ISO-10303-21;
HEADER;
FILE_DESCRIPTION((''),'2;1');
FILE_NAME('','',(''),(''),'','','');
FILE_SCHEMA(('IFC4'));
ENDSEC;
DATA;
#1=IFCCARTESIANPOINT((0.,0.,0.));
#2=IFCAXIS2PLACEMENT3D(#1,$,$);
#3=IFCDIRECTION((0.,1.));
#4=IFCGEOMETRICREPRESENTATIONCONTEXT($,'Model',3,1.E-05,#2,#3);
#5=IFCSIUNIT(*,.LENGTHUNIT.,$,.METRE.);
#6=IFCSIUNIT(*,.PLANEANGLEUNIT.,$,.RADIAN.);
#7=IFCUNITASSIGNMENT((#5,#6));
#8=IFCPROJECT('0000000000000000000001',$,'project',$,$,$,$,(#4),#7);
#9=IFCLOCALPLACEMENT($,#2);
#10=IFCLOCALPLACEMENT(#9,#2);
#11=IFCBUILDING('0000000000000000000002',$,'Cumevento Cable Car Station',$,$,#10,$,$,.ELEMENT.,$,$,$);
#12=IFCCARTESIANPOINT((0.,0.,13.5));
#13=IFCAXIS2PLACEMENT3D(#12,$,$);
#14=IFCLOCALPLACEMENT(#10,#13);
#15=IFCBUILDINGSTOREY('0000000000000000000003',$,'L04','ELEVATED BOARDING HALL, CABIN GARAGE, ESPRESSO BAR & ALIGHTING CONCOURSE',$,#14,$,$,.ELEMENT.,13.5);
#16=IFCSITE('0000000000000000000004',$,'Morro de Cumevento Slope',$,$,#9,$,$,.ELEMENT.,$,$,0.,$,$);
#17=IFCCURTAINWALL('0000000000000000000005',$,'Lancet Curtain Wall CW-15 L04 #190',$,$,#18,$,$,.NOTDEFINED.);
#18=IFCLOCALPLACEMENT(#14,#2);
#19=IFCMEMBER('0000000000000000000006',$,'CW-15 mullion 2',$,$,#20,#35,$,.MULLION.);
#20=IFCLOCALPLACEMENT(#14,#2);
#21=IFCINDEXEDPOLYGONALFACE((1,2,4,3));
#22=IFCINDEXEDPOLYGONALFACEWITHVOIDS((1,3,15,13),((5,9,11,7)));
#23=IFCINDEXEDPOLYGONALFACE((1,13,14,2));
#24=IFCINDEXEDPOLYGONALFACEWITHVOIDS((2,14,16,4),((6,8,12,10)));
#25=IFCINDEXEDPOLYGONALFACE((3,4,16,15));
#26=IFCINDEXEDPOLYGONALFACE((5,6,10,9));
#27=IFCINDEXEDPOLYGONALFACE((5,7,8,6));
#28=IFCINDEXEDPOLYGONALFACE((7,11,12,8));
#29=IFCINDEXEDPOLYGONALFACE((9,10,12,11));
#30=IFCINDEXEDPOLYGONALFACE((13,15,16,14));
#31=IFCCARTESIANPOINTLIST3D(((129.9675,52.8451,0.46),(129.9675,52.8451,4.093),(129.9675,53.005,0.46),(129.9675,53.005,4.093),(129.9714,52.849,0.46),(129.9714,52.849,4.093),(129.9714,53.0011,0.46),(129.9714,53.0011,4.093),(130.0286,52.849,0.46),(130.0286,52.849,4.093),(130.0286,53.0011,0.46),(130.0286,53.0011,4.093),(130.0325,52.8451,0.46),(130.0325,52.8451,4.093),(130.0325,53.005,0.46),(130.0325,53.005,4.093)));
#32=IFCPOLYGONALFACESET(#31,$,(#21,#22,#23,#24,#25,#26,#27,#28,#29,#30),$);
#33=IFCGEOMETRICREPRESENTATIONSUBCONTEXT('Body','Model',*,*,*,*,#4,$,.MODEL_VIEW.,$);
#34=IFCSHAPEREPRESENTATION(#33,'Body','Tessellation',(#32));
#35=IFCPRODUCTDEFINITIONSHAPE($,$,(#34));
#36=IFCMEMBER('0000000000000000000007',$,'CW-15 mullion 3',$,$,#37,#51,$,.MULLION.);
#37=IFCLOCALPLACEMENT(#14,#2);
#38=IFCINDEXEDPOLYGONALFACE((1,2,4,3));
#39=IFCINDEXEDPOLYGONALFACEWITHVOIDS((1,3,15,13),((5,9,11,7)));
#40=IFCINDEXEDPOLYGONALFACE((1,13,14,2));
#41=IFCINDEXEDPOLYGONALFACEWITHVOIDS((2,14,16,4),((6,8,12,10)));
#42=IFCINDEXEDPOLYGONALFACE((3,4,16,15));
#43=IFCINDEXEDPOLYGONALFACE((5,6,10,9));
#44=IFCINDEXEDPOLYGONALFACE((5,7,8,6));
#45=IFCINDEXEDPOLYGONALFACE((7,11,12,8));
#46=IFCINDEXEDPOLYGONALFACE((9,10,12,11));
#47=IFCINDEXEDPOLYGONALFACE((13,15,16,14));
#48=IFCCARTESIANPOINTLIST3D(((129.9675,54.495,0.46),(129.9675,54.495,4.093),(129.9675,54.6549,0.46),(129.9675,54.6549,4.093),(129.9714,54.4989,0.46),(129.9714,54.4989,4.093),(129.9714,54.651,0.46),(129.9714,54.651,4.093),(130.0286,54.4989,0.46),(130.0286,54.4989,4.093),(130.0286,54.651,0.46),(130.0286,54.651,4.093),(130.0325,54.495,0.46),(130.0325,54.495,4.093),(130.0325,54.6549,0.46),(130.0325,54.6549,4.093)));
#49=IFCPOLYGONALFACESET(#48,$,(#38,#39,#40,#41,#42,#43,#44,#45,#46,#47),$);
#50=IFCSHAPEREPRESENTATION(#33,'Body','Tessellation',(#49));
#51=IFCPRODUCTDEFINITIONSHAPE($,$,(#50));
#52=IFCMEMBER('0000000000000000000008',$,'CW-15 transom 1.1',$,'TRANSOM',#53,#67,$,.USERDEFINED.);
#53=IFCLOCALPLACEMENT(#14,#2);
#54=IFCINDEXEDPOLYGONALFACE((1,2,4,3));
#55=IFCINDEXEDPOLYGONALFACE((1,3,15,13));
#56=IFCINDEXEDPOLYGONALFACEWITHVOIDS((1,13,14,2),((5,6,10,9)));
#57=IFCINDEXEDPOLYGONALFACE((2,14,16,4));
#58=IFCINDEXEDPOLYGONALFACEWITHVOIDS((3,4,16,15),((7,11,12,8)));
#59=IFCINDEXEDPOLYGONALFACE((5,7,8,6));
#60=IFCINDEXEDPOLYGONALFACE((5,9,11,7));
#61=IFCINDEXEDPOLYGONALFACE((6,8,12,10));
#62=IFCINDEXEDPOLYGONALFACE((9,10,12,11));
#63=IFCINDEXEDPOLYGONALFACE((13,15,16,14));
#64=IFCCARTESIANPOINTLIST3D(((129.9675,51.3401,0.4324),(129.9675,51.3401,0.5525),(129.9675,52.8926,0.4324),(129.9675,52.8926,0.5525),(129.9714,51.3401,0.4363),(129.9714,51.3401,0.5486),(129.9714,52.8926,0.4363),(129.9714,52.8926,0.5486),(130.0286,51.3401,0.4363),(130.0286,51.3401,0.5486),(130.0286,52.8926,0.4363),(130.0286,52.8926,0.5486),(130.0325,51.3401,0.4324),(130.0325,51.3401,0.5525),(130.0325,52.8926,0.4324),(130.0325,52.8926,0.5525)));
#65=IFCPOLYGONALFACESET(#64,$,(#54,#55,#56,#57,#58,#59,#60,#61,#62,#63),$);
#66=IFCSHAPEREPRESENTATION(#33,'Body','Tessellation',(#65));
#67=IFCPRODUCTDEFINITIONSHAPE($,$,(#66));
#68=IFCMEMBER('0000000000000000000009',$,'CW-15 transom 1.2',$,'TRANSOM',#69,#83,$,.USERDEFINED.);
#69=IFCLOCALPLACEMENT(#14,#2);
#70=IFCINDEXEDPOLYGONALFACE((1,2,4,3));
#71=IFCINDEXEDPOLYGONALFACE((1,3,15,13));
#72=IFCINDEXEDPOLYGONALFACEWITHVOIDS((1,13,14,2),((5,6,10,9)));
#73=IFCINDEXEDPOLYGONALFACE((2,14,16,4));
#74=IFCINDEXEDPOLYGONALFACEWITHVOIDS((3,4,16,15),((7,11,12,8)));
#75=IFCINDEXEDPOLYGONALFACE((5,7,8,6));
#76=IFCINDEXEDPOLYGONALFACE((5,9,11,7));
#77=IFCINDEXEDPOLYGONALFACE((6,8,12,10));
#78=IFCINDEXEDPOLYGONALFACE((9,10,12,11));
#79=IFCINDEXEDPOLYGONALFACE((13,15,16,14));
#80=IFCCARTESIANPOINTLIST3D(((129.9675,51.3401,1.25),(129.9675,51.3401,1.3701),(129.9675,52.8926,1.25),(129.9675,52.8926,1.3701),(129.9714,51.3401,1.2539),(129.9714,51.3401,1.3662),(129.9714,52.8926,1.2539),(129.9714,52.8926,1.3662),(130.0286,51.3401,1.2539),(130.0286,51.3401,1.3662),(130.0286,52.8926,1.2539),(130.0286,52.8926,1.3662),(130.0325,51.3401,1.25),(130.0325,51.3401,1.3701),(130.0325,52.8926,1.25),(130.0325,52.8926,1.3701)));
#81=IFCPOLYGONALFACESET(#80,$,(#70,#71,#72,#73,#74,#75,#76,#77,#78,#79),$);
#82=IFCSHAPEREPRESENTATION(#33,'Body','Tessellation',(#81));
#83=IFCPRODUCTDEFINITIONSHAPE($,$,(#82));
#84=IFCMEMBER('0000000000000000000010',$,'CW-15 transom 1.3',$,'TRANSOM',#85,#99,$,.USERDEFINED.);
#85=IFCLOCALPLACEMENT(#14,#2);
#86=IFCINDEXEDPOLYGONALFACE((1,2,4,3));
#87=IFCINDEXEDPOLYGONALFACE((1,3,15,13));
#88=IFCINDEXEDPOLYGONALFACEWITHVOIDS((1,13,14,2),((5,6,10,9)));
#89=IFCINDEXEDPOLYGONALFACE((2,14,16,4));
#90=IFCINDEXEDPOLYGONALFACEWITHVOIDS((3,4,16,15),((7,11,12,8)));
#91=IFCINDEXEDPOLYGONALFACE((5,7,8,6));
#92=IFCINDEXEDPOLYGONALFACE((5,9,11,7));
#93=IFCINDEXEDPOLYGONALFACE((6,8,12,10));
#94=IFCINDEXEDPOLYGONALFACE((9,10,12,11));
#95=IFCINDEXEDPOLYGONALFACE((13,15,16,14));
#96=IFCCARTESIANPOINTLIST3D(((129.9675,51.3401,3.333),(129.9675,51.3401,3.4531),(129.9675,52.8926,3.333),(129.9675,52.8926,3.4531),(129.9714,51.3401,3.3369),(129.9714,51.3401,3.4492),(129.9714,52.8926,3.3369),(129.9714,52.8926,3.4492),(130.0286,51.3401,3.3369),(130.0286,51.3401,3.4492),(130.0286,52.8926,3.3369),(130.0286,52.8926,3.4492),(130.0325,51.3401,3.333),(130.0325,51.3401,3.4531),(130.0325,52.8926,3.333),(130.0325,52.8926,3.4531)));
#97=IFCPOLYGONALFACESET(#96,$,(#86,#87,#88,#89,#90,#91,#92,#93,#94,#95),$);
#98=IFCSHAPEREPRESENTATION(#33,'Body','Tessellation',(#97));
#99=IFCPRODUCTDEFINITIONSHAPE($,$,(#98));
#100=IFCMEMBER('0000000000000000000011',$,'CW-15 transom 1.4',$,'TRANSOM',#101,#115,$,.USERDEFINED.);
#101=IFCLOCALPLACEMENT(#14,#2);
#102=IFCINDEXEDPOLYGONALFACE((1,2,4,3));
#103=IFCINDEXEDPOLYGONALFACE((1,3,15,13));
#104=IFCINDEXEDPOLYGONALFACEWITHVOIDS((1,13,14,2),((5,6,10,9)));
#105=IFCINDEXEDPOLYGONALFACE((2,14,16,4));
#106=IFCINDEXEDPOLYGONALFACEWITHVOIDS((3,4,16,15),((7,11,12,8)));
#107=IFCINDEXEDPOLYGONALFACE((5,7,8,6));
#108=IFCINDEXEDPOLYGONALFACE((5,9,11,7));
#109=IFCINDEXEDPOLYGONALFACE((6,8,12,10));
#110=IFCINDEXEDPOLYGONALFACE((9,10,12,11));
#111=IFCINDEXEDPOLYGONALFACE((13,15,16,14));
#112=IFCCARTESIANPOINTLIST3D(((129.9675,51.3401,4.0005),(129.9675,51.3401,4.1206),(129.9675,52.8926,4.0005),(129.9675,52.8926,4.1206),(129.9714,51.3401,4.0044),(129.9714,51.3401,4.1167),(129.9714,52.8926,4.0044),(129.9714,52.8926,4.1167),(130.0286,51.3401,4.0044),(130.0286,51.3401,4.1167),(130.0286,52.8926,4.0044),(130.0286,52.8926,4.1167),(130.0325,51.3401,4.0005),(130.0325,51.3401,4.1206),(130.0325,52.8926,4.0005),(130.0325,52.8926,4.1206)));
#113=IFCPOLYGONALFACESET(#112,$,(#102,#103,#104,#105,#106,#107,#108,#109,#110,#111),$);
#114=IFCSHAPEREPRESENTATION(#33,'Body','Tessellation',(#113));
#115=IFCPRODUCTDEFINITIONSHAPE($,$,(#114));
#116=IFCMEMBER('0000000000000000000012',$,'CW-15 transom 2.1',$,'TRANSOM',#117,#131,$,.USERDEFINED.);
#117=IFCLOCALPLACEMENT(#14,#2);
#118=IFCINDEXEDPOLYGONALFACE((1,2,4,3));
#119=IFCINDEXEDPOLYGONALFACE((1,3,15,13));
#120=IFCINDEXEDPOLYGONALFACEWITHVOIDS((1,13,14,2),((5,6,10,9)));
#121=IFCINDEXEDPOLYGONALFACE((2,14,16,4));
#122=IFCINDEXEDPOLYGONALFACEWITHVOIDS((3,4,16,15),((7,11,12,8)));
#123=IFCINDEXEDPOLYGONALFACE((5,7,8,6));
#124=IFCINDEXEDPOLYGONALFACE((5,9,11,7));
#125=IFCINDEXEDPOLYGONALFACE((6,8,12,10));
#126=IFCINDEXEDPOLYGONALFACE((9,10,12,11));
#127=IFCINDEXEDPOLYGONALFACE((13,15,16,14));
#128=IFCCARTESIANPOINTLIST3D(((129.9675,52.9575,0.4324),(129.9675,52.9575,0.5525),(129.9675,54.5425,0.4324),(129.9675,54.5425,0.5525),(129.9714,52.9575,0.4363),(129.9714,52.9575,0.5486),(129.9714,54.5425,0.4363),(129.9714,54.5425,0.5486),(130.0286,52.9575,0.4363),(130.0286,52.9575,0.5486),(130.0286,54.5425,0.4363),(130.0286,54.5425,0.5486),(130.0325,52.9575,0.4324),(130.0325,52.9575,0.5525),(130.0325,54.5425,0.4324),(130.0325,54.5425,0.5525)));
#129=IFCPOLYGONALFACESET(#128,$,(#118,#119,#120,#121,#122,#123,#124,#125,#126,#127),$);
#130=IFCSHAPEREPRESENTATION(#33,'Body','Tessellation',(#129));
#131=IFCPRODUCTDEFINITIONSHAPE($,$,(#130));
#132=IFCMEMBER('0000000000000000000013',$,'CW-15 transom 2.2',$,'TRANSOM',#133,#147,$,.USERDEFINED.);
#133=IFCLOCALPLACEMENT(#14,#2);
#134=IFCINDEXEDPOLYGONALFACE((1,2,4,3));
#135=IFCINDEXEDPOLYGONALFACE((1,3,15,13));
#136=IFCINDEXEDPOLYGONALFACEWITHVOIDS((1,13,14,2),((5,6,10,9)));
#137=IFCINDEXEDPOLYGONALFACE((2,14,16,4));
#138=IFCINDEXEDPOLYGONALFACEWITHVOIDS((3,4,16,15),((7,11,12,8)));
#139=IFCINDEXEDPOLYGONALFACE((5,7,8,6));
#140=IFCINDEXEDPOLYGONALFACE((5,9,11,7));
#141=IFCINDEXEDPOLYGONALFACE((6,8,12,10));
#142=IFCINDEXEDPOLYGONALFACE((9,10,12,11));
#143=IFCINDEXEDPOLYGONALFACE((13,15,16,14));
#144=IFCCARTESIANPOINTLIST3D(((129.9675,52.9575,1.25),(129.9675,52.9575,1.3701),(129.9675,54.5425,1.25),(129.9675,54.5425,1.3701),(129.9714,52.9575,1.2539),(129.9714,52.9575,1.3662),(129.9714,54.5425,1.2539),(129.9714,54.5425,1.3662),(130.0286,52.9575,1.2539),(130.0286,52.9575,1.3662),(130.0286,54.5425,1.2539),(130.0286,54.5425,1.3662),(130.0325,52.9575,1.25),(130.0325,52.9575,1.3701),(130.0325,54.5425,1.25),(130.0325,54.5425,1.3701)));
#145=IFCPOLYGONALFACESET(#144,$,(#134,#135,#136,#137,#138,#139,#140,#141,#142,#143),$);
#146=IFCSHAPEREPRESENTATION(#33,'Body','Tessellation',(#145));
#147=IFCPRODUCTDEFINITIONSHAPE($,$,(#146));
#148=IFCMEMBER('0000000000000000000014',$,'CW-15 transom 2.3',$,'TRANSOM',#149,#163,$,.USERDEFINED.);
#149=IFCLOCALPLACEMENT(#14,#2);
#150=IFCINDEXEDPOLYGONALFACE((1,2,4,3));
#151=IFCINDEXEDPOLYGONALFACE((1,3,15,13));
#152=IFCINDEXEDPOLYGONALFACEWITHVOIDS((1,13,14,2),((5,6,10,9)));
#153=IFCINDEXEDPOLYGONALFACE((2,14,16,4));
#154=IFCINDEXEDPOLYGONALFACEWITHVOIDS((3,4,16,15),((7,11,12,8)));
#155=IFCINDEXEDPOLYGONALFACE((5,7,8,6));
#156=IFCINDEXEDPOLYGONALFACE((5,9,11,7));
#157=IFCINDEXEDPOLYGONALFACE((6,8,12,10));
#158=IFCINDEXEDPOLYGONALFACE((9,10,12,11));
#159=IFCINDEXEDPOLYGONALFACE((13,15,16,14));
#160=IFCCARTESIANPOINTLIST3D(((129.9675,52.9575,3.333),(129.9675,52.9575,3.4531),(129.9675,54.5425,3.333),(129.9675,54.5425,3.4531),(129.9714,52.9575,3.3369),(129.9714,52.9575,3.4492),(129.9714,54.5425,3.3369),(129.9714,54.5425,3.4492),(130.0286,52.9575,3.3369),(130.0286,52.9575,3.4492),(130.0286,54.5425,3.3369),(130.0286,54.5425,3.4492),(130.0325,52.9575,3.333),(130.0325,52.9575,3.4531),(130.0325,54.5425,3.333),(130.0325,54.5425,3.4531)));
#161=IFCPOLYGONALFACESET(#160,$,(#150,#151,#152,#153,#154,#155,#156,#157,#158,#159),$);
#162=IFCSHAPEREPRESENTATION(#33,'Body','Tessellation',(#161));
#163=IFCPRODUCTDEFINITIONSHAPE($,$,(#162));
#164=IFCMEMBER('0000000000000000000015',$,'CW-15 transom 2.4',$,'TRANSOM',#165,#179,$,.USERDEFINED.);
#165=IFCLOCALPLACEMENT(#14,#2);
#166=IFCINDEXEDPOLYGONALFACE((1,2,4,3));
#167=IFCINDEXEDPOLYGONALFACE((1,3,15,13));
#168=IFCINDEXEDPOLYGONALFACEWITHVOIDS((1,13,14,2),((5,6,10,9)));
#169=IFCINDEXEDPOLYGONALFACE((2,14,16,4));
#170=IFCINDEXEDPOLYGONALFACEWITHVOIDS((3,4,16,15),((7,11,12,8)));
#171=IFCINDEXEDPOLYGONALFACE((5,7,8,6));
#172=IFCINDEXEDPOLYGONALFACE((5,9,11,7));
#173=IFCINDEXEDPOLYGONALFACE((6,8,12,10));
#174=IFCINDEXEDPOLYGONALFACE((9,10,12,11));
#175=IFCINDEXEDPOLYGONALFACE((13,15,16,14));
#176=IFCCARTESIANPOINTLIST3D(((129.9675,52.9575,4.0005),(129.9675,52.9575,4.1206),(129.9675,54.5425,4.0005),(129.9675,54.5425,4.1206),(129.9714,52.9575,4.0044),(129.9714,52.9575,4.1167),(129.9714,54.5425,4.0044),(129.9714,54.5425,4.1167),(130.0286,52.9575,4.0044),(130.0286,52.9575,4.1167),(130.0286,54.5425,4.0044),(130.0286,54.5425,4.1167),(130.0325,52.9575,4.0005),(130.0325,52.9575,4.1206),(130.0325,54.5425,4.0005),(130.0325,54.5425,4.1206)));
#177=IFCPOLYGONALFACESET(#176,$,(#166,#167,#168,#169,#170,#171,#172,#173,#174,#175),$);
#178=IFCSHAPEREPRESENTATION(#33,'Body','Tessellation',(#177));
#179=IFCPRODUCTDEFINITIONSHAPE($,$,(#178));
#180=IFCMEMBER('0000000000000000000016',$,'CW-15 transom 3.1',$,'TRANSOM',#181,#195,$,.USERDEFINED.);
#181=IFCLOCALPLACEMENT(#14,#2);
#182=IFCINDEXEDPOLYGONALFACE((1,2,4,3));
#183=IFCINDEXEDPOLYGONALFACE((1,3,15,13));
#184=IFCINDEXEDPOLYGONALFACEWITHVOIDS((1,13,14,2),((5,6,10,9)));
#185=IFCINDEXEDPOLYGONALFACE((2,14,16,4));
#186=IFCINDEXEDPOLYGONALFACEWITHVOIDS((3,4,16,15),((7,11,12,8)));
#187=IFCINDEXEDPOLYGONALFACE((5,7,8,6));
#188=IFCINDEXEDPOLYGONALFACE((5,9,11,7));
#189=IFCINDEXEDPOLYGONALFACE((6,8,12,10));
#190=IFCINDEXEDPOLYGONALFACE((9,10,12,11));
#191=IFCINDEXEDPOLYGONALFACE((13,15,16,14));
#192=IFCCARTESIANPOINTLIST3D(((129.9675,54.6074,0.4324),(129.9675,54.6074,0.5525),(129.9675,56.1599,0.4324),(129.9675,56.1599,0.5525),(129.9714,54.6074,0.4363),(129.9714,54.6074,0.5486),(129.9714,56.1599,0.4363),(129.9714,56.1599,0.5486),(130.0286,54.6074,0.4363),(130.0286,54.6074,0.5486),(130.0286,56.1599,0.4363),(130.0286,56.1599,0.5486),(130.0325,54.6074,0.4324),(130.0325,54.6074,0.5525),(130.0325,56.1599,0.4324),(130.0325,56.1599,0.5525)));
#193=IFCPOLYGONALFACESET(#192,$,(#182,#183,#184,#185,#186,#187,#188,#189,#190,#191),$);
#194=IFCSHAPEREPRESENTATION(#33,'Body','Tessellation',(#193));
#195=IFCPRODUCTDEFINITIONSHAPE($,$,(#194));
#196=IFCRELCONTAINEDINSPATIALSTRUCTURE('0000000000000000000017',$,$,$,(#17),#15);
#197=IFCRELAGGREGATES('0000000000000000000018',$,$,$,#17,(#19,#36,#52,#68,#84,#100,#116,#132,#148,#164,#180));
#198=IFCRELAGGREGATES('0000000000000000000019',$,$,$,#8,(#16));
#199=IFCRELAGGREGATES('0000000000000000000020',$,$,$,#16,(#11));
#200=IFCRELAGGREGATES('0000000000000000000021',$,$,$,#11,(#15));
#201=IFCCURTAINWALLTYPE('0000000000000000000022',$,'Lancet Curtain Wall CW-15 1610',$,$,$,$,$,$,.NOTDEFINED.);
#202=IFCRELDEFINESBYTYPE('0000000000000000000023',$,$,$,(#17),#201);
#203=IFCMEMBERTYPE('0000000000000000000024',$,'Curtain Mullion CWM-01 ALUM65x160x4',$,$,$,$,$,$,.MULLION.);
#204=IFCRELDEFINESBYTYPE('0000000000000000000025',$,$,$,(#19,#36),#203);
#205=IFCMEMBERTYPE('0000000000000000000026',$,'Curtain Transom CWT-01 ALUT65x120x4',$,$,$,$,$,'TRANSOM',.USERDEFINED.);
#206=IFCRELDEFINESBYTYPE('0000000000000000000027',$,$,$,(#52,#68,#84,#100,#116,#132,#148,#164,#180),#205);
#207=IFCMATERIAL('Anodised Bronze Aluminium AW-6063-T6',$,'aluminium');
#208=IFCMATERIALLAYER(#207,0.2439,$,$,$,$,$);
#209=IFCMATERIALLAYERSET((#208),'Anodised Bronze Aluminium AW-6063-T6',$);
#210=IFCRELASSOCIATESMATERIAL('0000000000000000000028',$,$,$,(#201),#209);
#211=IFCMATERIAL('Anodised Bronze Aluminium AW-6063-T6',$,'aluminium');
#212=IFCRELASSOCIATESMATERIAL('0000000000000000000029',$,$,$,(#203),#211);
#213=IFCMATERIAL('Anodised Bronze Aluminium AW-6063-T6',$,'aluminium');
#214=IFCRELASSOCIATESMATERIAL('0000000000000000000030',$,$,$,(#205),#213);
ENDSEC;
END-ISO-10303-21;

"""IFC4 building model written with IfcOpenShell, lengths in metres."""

from ifc_helpers import new_model, si_unit, direction, frame, origin, origin_2d, place, context, subcontext, project, spatial, hollow_rectangle, extrude, material, layer, layer_set, material_profile, profile_set, type_object, element, aggregate, save


model = new_model("IFC4")

# Units and contexts
model_context = context("Model", 3, precision=1e-05, world=origin(), true_north=direction((0.0, 1.0)))
body_context = subcontext(model_context, "Body", "Model", "MODEL_VIEW")
ifc_project = project(units=[si_unit("LENGTHUNIT", "METRE"), si_unit("PLANEANGLEUNIT", "RADIAN")], contexts=[model_context])

# Site, building, storey
site_placement = place(None, origin())
site = spatial("IfcSite", under=ifc_project, at=site_placement, Name="Morro de Cumevento Slope", CompositionType="ELEMENT", RefElevation=0.0)
building_placement = place(site_placement, origin())
building = spatial("IfcBuilding", under=site, at=building_placement, Name="Cumevento Cable Car Station", CompositionType="ELEMENT")
storey_placement = place(building_placement, frame((0.0, 0.0, 13.5)))
storey = spatial("IfcBuildingStorey", under=building, at=storey_placement, Name="L04", Description="ELEVATED BOARDING HALL, CABIN GARAGE, ESPRESSO BAR & ALIGHTING CONCOURSE", CompositionType="ELEMENT", Elevation=13.5)

# Curtain wall, members
ifc_material_1 = material(Name="Anodised Bronze Aluminium AW-6063-T6", Category="aluminium")
ifc_layer_1 = layer(ifc_material_1, 0.2439)
ifc_layer_set_1 = layer_set([ifc_layer_1], Name="Anodised Bronze Aluminium AW-6063-T6")
curtain_wall_type = type_object("IfcCurtainWallType", Name="Lancet Curtain Wall CW-15 1610", PredefinedType="NOTDEFINED", material=ifc_layer_set_1)
curtain_wall_placement = place(storey_placement, origin())
curtain_wall = element("IfcCurtainWall", 1, at=curtain_wall_placement, inside=storey, type_object=curtain_wall_type, Name="Lancet Curtain Wall CW-15 L04 #190", PredefinedType="NOTDEFINED")
ifc_material_2 = material(Name="Anodised Bronze Aluminium AW-6063-T6", Category="aluminium")
ifc_material_profile_1 = material_profile(ifc_material_2, hollow_rectangle(XDim=0.0649, YDim=0.1599, WallThickness=0.0039, at=origin_2d()), Name="ALUM65x160x4")
ifc_profile_set_1 = profile_set([ifc_material_profile_1], Name="Anodised Bronze Aluminium AW-6063-T6")
member_type_1 = type_object("IfcMemberType", Name="Curtain Mullion CWM-01 ALUM65x160x4", PredefinedType="MULLION", material=ifc_profile_set_1)
member_1_placement = place(storey_placement, frame((130.0, 52.925, 0.46), z_axis=(0.0, 0.0, 1.0), x_axis=(-1.0, 0.0, 0.0)))
member_1 = element("IfcMember", 2, at=member_1_placement, type_object=member_type_1, Name="CW-15 mullion 2", PredefinedType="MULLION", context=body_context, shape_type="SweptSolid", body=[
    extrude(hollow_rectangle(XDim=0.0649, YDim=0.1599, WallThickness=0.0039, at=origin_2d()), origin(), (0.0, 0.0, 1.0), 3.6331),
])
member_2_placement = place(storey_placement, frame((130.0, 54.575, 0.46), z_axis=(0.0, 0.0, 1.0), x_axis=(-1.0, 0.0, 0.0)))
member_2 = element("IfcMember", 3, at=member_2_placement, type_object=member_type_1, Name="CW-15 mullion 3", PredefinedType="MULLION", context=body_context, shape_type="SweptSolid", body=[
    extrude(hollow_rectangle(XDim=0.0649, YDim=0.1599, WallThickness=0.0039, at=origin_2d()), origin(), (0.0, 0.0, 1.0), 3.6331),
])
ifc_material_3 = material(Name="Anodised Bronze Aluminium AW-6063-T6", Category="aluminium")
ifc_material_profile_2 = material_profile(ifc_material_3, hollow_rectangle(XDim=0.0649, YDim=0.1201, WallThickness=0.0039, at=origin_2d()), Name="ALUT65x120x4")
ifc_profile_set_2 = profile_set([ifc_material_profile_2], Name="Anodised Bronze Aluminium AW-6063-T6")
member_type_2 = type_object("IfcMemberType", Name="Curtain Transom CWT-01 ALUT65x120x4", ElementType="TRANSOM", PredefinedType="USERDEFINED", material=ifc_profile_set_2)
member_3_placement = place(storey_placement, frame((130.0, 51.3401, 0.4924), z_axis=(0.0, 1.0, 0.0), x_axis=(-1.0, 0.0, 0.0)))
member_3 = element("IfcMember", 4, at=member_3_placement, type_object=member_type_2, Name="CW-15 transom 1.1", ObjectType="TRANSOM", PredefinedType="USERDEFINED", context=body_context, shape_type="SweptSolid", body=[
    extrude(hollow_rectangle(XDim=0.0649, YDim=0.1201, WallThickness=0.0039, at=origin_2d()), origin(), (0.0, 0.0, 1.0), 1.5525),
])
member_4_placement = place(storey_placement, frame((130.0, 51.3401, 1.3101), z_axis=(0.0, 1.0, 0.0), x_axis=(-1.0, 0.0, 0.0)))
member_4 = element("IfcMember", 5, at=member_4_placement, type_object=member_type_2, Name="CW-15 transom 1.2", ObjectType="TRANSOM", PredefinedType="USERDEFINED", context=body_context, shape_type="SweptSolid", body=[
    extrude(hollow_rectangle(XDim=0.0649, YDim=0.1201, WallThickness=0.0039, at=origin_2d()), origin(), (0.0, 0.0, 1.0), 1.5525),
])
member_5_placement = place(storey_placement, frame((130.0, 51.3401, 3.3931), z_axis=(0.0, 1.0, 0.0), x_axis=(-1.0, 0.0, 0.0)))
member_5 = element("IfcMember", 6, at=member_5_placement, type_object=member_type_2, Name="CW-15 transom 1.3", ObjectType="TRANSOM", PredefinedType="USERDEFINED", context=body_context, shape_type="SweptSolid", body=[
    extrude(hollow_rectangle(XDim=0.0649, YDim=0.1201, WallThickness=0.0039, at=origin_2d()), origin(), (0.0, 0.0, 1.0), 1.5525),
])
member_6_placement = place(storey_placement, frame((130.0, 51.3401, 4.0605), z_axis=(0.0, 1.0, 0.0), x_axis=(-1.0, 0.0, 0.0)))
member_6 = element("IfcMember", 7, at=member_6_placement, type_object=member_type_2, Name="CW-15 transom 1.4", ObjectType="TRANSOM", PredefinedType="USERDEFINED", context=body_context, shape_type="SweptSolid", body=[
    extrude(hollow_rectangle(XDim=0.0649, YDim=0.1201, WallThickness=0.0039, at=origin_2d()), origin(), (0.0, 0.0, 1.0), 1.5525),
])
member_7_placement = place(storey_placement, frame((130.0, 52.9575, 0.4924), z_axis=(0.0, 1.0, 0.0), x_axis=(-1.0, 0.0, 0.0)))
member_7 = element("IfcMember", 8, at=member_7_placement, type_object=member_type_2, Name="CW-15 transom 2.1", ObjectType="TRANSOM", PredefinedType="USERDEFINED", context=body_context, shape_type="SweptSolid", body=[
    extrude(hollow_rectangle(XDim=0.0649, YDim=0.1201, WallThickness=0.0039, at=origin_2d()), origin(), (0.0, 0.0, 1.0), 1.585),
])
member_8_placement = place(storey_placement, frame((130.0, 52.9575, 1.3101), z_axis=(0.0, 1.0, 0.0), x_axis=(-1.0, 0.0, 0.0)))
member_8 = element("IfcMember", 9, at=member_8_placement, type_object=member_type_2, Name="CW-15 transom 2.2", ObjectType="TRANSOM", PredefinedType="USERDEFINED", context=body_context, shape_type="SweptSolid", body=[
    extrude(hollow_rectangle(XDim=0.0649, YDim=0.1201, WallThickness=0.0039, at=origin_2d()), origin(), (0.0, 0.0, 1.0), 1.585),
])
member_9_placement = place(storey_placement, frame((130.0, 52.9575, 3.3931), z_axis=(0.0, 1.0, 0.0), x_axis=(-1.0, 0.0, 0.0)))
member_9 = element("IfcMember", 10, at=member_9_placement, type_object=member_type_2, Name="CW-15 transom 2.3", ObjectType="TRANSOM", PredefinedType="USERDEFINED", context=body_context, shape_type="SweptSolid", body=[
    extrude(hollow_rectangle(XDim=0.0649, YDim=0.1201, WallThickness=0.0039, at=origin_2d()), origin(), (0.0, 0.0, 1.0), 1.585),
])
member_10_placement = place(storey_placement, frame((130.0, 52.9575, 4.0605), z_axis=(0.0, 1.0, 0.0), x_axis=(-1.0, 0.0, 0.0)))
member_10 = element("IfcMember", 11, at=member_10_placement, type_object=member_type_2, Name="CW-15 transom 2.4", ObjectType="TRANSOM", PredefinedType="USERDEFINED", context=body_context, shape_type="SweptSolid", body=[
    extrude(hollow_rectangle(XDim=0.0649, YDim=0.1201, WallThickness=0.0039, at=origin_2d()), origin(), (0.0, 0.0, 1.0), 1.585),
])
member_11_placement = place(storey_placement, frame((130.0, 54.6074, 0.4924), z_axis=(0.0, 1.0, 0.0), x_axis=(-1.0, 0.0, 0.0)))
member_11 = element("IfcMember", 12, at=member_11_placement, type_object=member_type_2, Name="CW-15 transom 3.1", ObjectType="TRANSOM", PredefinedType="USERDEFINED", context=body_context, shape_type="SweptSolid", body=[
    extrude(hollow_rectangle(XDim=0.0649, YDim=0.1201, WallThickness=0.0039, at=origin_2d()), origin(), (0.0, 0.0, 1.0), 1.5525),
])
aggregate(curtain_wall, [member_1, member_2, member_3, member_4, member_5, member_6, member_7, member_8, member_9, member_10, member_11])

save(model, "model.ifc")
